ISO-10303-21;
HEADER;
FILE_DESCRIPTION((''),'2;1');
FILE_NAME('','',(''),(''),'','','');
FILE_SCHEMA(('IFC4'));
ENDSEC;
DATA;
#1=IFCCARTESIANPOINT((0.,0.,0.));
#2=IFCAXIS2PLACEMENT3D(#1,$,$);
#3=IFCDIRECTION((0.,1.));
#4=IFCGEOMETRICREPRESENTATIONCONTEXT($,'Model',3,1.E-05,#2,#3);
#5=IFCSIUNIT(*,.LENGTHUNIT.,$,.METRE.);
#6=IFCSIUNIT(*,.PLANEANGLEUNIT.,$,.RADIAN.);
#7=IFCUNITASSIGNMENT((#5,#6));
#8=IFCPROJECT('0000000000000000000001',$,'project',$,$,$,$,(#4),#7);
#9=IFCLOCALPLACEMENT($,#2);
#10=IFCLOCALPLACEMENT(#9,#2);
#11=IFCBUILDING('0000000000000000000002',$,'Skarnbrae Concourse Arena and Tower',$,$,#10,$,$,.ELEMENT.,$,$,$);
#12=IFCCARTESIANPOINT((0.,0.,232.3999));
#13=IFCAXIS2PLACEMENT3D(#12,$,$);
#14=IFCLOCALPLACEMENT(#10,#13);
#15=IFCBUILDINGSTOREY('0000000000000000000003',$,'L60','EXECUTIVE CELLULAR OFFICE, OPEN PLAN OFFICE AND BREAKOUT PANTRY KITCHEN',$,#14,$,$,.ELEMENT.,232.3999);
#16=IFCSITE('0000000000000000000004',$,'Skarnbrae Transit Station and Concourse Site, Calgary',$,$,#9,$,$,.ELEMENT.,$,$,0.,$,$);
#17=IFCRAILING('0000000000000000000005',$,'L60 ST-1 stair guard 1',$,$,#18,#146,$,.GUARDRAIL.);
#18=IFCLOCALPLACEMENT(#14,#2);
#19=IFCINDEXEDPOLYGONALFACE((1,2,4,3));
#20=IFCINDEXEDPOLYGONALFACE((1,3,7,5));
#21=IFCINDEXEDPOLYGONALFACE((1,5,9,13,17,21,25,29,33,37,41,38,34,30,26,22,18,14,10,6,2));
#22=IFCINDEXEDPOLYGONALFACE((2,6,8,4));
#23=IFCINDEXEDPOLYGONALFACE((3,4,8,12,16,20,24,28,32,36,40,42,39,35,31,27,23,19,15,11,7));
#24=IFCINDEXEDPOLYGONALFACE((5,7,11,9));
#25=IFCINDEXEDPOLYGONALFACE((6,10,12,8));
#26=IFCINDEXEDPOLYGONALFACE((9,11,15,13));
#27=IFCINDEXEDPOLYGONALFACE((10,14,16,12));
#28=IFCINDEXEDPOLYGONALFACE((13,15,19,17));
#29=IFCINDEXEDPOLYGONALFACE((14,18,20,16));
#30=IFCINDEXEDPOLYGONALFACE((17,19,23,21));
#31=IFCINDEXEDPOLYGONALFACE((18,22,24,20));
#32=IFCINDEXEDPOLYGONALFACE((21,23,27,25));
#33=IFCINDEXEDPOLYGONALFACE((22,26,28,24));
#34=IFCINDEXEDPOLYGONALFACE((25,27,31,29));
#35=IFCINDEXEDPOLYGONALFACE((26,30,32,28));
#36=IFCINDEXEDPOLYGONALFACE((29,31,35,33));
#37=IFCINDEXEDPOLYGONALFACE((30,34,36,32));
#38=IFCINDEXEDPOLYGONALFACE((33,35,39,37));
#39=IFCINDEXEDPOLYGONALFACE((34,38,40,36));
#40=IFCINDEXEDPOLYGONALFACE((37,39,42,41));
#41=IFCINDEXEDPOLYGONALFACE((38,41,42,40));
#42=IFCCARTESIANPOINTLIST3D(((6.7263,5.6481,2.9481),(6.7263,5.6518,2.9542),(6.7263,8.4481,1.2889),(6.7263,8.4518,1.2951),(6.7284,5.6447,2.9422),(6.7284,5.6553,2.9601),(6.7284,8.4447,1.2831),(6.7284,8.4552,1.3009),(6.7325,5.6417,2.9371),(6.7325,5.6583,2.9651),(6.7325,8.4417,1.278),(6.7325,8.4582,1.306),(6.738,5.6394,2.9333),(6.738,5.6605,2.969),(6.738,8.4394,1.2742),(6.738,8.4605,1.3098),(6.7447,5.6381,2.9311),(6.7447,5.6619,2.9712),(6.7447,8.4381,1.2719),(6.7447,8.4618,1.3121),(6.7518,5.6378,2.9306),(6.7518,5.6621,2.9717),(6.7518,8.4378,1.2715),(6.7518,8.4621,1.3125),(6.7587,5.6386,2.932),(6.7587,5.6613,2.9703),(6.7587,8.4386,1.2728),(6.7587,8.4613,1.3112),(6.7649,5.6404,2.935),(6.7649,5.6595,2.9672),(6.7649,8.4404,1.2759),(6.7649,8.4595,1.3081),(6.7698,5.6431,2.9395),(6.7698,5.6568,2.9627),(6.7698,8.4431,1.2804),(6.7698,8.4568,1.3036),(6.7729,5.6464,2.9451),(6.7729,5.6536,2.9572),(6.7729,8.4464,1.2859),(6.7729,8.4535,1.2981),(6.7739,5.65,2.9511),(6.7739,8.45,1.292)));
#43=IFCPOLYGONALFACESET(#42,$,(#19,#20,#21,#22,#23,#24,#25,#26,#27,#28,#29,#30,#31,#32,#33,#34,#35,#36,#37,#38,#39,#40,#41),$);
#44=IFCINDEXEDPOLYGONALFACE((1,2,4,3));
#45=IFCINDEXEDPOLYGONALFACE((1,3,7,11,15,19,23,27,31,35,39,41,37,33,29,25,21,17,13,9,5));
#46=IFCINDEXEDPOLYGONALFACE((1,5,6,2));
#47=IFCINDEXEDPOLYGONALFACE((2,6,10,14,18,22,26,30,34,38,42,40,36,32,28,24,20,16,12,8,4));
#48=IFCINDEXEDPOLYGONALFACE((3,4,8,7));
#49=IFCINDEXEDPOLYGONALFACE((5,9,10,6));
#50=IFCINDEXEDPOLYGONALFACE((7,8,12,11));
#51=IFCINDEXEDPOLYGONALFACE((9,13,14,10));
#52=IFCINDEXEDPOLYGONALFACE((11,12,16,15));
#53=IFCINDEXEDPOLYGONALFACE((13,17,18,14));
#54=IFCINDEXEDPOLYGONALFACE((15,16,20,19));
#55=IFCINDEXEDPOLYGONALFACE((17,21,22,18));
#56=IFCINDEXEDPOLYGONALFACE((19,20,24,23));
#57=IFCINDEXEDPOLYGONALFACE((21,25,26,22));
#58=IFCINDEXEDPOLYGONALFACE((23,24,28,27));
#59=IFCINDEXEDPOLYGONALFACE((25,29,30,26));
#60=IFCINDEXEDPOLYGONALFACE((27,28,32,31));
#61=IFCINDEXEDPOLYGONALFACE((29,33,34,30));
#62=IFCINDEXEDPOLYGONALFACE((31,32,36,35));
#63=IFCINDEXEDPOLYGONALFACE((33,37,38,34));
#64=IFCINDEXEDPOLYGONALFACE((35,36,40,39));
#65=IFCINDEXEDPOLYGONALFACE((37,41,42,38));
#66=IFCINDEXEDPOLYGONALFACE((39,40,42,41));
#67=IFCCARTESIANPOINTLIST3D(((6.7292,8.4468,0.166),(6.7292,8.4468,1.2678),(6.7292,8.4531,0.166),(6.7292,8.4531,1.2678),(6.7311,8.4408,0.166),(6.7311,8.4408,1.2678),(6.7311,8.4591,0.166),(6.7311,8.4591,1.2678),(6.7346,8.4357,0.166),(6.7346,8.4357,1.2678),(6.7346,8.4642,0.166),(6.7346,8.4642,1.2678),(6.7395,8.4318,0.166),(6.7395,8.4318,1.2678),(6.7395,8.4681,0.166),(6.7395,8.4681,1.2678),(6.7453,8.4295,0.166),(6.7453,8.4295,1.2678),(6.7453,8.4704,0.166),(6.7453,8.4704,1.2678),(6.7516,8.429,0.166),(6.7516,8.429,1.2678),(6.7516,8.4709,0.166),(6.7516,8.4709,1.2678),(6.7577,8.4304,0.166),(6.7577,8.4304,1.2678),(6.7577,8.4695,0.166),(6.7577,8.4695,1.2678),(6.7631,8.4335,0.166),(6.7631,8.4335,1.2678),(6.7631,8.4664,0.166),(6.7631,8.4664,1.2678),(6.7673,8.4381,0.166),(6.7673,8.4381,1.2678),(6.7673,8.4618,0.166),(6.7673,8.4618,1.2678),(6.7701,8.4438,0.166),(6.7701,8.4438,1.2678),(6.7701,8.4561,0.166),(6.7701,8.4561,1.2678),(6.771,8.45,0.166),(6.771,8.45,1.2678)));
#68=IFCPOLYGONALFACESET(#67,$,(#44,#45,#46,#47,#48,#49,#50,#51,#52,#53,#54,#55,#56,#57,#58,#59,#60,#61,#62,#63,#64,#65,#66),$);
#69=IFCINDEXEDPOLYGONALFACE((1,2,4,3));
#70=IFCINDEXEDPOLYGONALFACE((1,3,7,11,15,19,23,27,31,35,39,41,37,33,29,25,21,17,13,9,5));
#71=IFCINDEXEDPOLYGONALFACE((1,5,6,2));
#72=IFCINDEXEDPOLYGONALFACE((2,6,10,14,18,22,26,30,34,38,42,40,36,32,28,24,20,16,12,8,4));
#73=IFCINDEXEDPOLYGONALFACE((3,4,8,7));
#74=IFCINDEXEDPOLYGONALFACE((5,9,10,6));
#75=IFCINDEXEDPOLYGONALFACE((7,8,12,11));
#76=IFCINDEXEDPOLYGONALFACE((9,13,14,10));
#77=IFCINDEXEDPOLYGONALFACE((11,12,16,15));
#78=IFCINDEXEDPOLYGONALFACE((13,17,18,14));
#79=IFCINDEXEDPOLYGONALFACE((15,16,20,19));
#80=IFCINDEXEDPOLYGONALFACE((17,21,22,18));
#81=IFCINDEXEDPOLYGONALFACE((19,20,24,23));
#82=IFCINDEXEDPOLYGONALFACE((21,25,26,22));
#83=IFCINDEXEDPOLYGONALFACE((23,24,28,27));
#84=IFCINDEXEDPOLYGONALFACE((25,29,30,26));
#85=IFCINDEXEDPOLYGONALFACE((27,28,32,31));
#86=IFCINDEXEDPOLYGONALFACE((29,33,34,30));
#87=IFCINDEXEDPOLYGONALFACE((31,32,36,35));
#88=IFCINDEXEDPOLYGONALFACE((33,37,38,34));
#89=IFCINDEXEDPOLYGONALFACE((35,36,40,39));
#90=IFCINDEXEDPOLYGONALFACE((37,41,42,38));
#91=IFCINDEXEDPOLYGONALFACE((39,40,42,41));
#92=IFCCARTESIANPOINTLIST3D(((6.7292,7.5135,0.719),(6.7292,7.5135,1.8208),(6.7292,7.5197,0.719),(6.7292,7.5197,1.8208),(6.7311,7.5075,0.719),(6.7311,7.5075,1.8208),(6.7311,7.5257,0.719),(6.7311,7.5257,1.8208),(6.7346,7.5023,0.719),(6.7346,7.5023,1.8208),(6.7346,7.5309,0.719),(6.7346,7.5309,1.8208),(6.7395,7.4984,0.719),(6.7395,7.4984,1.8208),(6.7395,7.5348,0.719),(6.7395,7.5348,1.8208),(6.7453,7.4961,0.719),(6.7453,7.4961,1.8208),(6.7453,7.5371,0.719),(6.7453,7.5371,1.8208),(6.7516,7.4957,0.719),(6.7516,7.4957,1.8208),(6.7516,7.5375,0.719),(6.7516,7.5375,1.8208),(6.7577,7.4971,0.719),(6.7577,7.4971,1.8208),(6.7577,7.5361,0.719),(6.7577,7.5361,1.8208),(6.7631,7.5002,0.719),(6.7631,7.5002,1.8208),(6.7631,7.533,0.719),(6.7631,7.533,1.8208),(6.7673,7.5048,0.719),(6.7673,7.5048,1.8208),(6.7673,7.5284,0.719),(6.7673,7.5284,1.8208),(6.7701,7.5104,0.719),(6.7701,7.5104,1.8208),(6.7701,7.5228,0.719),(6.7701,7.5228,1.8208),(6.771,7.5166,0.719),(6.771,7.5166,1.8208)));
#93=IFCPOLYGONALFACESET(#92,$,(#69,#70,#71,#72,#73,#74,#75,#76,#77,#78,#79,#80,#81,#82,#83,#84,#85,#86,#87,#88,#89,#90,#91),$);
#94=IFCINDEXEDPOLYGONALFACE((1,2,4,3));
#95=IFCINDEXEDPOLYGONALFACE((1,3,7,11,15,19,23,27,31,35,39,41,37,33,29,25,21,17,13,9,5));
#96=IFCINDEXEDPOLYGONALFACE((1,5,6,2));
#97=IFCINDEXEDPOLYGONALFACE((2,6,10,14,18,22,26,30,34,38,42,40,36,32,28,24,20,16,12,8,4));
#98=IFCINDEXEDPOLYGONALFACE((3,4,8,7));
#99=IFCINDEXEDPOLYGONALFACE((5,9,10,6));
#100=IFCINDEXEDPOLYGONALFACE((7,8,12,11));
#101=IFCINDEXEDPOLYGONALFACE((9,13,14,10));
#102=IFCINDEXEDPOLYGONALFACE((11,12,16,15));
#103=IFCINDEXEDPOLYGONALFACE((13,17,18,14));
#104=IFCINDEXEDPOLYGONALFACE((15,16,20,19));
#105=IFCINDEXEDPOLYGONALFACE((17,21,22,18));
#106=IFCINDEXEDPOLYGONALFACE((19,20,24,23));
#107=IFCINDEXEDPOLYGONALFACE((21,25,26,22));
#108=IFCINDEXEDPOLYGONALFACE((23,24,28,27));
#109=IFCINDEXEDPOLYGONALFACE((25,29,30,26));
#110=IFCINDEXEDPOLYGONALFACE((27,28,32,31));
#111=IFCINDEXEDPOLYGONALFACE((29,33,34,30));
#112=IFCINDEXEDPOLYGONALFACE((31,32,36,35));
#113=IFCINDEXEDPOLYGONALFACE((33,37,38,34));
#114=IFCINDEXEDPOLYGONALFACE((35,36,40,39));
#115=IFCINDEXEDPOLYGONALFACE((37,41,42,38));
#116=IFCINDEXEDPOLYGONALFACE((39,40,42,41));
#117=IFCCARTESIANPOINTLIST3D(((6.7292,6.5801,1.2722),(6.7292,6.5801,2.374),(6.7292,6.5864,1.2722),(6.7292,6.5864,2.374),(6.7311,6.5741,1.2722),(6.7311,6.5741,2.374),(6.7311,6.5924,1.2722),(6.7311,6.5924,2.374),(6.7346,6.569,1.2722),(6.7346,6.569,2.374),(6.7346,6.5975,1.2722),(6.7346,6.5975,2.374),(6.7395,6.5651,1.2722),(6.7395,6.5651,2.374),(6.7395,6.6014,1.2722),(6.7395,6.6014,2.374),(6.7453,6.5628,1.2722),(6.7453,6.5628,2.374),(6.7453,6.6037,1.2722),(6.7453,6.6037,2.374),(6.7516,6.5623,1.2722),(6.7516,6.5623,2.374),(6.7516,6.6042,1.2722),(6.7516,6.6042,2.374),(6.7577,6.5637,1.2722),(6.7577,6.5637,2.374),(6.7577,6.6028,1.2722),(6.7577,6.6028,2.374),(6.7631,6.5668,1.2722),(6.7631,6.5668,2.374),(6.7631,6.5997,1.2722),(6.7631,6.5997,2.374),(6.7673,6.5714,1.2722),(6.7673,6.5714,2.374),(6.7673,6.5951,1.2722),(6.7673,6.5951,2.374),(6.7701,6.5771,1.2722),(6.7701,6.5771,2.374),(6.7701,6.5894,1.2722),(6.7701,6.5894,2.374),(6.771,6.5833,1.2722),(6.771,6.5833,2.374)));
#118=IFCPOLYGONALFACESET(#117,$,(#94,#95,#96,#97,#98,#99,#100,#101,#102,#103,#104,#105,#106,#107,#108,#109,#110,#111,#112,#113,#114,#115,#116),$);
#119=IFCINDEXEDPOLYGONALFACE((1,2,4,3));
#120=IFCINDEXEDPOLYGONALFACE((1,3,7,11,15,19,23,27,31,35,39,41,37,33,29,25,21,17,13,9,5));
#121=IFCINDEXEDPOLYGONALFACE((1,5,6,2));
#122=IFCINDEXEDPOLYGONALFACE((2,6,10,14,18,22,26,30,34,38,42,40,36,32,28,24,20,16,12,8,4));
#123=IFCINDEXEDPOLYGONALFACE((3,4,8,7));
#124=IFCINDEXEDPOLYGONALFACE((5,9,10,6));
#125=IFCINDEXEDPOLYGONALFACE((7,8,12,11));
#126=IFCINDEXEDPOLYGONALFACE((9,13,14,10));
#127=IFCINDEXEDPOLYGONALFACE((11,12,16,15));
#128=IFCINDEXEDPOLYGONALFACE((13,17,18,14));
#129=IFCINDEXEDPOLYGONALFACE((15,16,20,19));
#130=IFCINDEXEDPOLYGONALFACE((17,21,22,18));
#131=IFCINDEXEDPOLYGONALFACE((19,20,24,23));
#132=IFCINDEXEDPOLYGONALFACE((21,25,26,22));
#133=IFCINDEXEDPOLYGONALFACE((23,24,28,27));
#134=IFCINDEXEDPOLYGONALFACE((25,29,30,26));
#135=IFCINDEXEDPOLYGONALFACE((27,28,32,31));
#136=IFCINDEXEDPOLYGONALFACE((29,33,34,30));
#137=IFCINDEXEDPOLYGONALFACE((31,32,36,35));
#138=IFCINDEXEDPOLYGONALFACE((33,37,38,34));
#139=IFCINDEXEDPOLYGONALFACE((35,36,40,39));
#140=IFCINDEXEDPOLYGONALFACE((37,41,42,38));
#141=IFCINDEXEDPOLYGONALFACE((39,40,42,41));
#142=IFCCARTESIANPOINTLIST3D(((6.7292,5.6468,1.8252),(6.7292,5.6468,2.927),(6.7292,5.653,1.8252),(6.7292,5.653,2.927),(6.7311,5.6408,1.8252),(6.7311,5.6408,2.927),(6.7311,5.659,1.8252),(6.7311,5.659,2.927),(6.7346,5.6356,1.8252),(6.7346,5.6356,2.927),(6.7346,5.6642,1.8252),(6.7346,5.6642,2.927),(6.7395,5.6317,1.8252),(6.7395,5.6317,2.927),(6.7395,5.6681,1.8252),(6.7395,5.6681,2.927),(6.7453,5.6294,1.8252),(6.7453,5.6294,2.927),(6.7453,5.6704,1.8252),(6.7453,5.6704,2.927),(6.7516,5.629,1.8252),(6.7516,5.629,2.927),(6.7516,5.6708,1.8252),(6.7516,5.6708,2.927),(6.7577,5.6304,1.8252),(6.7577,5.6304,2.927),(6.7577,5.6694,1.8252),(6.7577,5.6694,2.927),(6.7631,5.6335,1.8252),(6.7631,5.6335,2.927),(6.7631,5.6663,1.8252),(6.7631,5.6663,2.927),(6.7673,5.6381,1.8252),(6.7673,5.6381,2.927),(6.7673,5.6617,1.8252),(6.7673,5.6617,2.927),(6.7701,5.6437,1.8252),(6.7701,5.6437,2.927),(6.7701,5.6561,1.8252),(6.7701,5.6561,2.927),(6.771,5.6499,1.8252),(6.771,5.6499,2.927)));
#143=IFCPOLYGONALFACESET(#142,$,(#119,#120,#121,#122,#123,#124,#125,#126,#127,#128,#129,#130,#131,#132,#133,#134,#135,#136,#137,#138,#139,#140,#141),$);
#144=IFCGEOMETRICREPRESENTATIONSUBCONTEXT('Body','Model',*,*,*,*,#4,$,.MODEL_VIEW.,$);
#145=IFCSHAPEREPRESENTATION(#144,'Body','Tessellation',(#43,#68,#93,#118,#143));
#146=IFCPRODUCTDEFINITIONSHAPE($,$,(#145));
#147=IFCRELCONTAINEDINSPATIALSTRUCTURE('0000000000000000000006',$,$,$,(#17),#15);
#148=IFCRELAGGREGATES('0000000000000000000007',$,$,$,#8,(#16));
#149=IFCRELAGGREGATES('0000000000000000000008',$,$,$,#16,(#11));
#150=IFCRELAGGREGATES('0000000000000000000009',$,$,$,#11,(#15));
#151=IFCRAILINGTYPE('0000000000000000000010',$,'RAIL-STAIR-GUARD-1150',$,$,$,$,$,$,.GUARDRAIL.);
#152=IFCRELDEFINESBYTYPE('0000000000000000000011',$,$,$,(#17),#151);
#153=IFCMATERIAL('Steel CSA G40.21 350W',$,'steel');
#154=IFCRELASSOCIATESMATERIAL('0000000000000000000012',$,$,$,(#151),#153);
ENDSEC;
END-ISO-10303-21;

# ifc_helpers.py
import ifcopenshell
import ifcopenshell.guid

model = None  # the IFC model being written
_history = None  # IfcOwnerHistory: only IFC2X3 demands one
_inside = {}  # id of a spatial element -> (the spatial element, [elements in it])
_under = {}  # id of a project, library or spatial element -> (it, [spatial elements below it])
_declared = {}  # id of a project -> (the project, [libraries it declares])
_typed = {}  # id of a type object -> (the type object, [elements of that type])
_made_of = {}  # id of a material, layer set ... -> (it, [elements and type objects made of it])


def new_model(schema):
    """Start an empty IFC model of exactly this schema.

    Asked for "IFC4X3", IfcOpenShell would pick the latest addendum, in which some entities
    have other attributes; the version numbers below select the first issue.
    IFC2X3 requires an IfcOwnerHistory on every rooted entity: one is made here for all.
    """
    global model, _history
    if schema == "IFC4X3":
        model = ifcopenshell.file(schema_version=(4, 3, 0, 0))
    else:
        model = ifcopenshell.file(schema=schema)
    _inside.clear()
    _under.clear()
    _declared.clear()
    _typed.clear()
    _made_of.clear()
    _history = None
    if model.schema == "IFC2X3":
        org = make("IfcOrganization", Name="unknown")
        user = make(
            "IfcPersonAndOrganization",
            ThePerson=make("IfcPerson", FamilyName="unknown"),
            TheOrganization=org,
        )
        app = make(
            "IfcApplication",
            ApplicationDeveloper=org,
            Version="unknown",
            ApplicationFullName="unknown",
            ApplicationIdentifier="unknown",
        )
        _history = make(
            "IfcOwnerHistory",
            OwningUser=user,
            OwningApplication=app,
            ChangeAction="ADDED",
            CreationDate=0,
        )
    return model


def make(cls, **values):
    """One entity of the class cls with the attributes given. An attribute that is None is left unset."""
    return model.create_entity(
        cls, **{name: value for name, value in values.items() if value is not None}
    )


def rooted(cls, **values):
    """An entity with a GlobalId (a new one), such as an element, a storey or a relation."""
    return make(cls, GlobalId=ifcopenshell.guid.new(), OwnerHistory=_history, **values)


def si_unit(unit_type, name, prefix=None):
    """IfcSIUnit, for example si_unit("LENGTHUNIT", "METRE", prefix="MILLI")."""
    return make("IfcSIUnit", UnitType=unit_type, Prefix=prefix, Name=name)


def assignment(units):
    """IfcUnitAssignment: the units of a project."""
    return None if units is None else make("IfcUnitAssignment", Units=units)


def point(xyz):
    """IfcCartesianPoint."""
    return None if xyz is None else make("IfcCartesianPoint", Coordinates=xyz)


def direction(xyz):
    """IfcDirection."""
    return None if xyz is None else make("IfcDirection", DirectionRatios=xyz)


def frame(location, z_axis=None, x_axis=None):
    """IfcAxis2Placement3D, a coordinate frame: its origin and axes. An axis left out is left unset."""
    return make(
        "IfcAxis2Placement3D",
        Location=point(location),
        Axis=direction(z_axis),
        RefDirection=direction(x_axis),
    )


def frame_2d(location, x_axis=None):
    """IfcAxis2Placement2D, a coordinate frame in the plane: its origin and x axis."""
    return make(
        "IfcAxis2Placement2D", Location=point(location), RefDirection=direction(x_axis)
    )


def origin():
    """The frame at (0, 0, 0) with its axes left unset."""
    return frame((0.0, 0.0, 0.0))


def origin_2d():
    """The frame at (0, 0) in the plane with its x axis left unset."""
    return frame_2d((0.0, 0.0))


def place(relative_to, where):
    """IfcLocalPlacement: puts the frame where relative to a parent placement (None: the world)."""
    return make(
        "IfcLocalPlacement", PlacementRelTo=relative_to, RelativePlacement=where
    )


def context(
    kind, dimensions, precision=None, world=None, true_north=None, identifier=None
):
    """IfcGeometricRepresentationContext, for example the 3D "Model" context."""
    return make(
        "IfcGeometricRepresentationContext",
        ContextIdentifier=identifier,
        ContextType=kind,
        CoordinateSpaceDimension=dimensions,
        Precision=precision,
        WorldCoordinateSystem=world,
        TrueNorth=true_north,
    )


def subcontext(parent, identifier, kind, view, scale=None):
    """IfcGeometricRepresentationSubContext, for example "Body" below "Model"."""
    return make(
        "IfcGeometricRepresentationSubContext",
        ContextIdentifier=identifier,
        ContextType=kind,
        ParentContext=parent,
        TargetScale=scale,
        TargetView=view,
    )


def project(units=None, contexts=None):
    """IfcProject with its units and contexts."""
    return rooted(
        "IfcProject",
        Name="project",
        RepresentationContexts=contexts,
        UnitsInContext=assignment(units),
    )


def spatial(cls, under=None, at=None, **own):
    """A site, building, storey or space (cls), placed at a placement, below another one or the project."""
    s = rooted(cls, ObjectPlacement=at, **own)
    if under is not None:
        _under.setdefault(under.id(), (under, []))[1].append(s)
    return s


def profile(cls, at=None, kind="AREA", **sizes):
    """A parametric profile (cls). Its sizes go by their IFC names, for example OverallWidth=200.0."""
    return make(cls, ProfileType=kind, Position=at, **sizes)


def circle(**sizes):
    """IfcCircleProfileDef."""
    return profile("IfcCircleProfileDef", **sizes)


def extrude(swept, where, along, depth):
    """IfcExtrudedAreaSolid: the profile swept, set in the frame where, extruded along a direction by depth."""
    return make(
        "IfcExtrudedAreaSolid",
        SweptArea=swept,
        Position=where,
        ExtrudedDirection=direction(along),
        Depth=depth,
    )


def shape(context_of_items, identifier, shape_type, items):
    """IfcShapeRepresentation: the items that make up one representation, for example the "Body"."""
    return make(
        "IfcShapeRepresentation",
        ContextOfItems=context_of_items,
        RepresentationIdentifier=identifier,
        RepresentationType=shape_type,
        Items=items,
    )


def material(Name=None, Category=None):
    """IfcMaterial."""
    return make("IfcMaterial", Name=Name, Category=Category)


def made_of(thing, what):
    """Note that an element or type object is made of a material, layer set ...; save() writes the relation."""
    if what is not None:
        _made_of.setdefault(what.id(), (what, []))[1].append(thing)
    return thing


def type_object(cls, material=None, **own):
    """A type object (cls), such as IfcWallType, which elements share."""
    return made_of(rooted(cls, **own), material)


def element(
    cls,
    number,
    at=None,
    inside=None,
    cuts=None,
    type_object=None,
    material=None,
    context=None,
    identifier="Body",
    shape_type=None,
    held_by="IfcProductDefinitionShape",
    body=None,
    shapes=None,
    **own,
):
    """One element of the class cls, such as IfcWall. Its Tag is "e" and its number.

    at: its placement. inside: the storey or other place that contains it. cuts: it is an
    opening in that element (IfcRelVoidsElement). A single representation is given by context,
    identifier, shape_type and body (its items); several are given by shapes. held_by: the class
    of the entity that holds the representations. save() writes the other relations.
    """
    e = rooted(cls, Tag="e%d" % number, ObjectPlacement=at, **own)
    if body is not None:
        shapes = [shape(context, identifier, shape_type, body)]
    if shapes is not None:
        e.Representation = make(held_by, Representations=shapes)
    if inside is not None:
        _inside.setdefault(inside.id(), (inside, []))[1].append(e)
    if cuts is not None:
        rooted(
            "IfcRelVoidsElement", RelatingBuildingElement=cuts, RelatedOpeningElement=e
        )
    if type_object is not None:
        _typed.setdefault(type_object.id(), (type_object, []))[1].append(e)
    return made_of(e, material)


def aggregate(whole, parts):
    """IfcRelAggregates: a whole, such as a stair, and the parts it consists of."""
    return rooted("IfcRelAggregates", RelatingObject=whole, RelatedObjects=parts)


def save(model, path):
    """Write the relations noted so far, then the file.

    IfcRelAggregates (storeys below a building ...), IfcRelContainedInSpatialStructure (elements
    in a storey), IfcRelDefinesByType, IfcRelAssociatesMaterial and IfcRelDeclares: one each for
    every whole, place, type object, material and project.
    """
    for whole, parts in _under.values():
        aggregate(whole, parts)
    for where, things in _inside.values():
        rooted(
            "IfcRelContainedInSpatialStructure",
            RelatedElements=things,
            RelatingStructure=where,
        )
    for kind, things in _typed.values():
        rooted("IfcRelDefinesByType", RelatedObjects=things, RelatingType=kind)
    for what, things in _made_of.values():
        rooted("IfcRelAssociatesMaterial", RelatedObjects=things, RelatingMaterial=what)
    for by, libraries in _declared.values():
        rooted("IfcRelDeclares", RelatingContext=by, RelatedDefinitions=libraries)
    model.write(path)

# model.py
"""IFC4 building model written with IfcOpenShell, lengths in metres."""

from ifc_helpers import new_model, si_unit, direction, frame, origin, origin_2d, place, context, subcontext, project, spatial, circle, extrude, material, type_object, element, save


model = new_model("IFC4")

# Units and contexts
model_context = context("Model", 3, precision=1e-05, world=origin(), true_north=direction((0.0, 1.0)))
body_context = subcontext(model_context, "Body", "Model", "MODEL_VIEW")
ifc_project = project(units=[si_unit("LENGTHUNIT", "METRE"), si_unit("PLANEANGLEUNIT", "RADIAN")], contexts=[model_context])

# Site, building, storey
site_placement = place(None, origin())
site = spatial("IfcSite", under=ifc_project, at=site_placement, Name="Skarnbrae Transit Station and Concourse Site, Calgary", CompositionType="ELEMENT", RefElevation=0.0)
building_placement = place(site_placement, origin())
building = spatial("IfcBuilding", under=site, at=building_placement, Name="Skarnbrae Concourse Arena and Tower", CompositionType="ELEMENT")
storey_placement = place(building_placement, frame((0.0, 0.0, 232.3999)))
storey = spatial("IfcBuildingStorey", under=building, at=storey_placement, Name="L60", Description="EXECUTIVE CELLULAR OFFICE, OPEN PLAN OFFICE AND BREAKOUT PANTRY KITCHEN", CompositionType="ELEMENT", Elevation=232.3999)

# Shared definitions
ifc_material_1 = material(Name="Steel CSA G40.21 350W", Category="steel")

# Railing
railing_type_1 = type_object("IfcRailingType", Name="RAIL-STAIR-GUARD-1150", PredefinedType="GUARDRAIL", material=ifc_material_1)
railing_1_placement = place(storey_placement, frame((6.75, 8.45, 0.166)))
element("IfcRailing", 1, at=railing_1_placement, inside=storey, type_object=railing_type_1, Name="L60 ST-1 stair guard 1", PredefinedType="GUARDRAIL", context=body_context, shape_type="SweptSolid", body=[
    extrude(circle(Radius=0.0239, at=origin_2d()), frame((0.0, 0.0, 1.126), z_axis=(0.0, -0.860306, 0.509778), x_axis=(1.0, 0.0, 0.0)), (0.0, 0.0, 1.0), 3.2546),
    extrude(circle(Radius=0.021, at=origin_2d()), origin(), (0.0, 0.0, 1.0), 1.1018),
    extrude(circle(Radius=0.021, at=origin_2d()), frame((0.0, -0.9333, 0.553)), (0.0, 0.0, 1.0), 1.1018),
    extrude(circle(Radius=0.021, at=origin_2d()), frame((0.0, -1.8667, 1.1062)), (0.0, 0.0, 1.0), 1.1018),
    extrude(circle(Radius=0.021, at=origin_2d()), frame((0.0, -2.8, 1.6592)), (0.0, 0.0, 1.0), 1.1018),
])

save(model, "model.ifc")
